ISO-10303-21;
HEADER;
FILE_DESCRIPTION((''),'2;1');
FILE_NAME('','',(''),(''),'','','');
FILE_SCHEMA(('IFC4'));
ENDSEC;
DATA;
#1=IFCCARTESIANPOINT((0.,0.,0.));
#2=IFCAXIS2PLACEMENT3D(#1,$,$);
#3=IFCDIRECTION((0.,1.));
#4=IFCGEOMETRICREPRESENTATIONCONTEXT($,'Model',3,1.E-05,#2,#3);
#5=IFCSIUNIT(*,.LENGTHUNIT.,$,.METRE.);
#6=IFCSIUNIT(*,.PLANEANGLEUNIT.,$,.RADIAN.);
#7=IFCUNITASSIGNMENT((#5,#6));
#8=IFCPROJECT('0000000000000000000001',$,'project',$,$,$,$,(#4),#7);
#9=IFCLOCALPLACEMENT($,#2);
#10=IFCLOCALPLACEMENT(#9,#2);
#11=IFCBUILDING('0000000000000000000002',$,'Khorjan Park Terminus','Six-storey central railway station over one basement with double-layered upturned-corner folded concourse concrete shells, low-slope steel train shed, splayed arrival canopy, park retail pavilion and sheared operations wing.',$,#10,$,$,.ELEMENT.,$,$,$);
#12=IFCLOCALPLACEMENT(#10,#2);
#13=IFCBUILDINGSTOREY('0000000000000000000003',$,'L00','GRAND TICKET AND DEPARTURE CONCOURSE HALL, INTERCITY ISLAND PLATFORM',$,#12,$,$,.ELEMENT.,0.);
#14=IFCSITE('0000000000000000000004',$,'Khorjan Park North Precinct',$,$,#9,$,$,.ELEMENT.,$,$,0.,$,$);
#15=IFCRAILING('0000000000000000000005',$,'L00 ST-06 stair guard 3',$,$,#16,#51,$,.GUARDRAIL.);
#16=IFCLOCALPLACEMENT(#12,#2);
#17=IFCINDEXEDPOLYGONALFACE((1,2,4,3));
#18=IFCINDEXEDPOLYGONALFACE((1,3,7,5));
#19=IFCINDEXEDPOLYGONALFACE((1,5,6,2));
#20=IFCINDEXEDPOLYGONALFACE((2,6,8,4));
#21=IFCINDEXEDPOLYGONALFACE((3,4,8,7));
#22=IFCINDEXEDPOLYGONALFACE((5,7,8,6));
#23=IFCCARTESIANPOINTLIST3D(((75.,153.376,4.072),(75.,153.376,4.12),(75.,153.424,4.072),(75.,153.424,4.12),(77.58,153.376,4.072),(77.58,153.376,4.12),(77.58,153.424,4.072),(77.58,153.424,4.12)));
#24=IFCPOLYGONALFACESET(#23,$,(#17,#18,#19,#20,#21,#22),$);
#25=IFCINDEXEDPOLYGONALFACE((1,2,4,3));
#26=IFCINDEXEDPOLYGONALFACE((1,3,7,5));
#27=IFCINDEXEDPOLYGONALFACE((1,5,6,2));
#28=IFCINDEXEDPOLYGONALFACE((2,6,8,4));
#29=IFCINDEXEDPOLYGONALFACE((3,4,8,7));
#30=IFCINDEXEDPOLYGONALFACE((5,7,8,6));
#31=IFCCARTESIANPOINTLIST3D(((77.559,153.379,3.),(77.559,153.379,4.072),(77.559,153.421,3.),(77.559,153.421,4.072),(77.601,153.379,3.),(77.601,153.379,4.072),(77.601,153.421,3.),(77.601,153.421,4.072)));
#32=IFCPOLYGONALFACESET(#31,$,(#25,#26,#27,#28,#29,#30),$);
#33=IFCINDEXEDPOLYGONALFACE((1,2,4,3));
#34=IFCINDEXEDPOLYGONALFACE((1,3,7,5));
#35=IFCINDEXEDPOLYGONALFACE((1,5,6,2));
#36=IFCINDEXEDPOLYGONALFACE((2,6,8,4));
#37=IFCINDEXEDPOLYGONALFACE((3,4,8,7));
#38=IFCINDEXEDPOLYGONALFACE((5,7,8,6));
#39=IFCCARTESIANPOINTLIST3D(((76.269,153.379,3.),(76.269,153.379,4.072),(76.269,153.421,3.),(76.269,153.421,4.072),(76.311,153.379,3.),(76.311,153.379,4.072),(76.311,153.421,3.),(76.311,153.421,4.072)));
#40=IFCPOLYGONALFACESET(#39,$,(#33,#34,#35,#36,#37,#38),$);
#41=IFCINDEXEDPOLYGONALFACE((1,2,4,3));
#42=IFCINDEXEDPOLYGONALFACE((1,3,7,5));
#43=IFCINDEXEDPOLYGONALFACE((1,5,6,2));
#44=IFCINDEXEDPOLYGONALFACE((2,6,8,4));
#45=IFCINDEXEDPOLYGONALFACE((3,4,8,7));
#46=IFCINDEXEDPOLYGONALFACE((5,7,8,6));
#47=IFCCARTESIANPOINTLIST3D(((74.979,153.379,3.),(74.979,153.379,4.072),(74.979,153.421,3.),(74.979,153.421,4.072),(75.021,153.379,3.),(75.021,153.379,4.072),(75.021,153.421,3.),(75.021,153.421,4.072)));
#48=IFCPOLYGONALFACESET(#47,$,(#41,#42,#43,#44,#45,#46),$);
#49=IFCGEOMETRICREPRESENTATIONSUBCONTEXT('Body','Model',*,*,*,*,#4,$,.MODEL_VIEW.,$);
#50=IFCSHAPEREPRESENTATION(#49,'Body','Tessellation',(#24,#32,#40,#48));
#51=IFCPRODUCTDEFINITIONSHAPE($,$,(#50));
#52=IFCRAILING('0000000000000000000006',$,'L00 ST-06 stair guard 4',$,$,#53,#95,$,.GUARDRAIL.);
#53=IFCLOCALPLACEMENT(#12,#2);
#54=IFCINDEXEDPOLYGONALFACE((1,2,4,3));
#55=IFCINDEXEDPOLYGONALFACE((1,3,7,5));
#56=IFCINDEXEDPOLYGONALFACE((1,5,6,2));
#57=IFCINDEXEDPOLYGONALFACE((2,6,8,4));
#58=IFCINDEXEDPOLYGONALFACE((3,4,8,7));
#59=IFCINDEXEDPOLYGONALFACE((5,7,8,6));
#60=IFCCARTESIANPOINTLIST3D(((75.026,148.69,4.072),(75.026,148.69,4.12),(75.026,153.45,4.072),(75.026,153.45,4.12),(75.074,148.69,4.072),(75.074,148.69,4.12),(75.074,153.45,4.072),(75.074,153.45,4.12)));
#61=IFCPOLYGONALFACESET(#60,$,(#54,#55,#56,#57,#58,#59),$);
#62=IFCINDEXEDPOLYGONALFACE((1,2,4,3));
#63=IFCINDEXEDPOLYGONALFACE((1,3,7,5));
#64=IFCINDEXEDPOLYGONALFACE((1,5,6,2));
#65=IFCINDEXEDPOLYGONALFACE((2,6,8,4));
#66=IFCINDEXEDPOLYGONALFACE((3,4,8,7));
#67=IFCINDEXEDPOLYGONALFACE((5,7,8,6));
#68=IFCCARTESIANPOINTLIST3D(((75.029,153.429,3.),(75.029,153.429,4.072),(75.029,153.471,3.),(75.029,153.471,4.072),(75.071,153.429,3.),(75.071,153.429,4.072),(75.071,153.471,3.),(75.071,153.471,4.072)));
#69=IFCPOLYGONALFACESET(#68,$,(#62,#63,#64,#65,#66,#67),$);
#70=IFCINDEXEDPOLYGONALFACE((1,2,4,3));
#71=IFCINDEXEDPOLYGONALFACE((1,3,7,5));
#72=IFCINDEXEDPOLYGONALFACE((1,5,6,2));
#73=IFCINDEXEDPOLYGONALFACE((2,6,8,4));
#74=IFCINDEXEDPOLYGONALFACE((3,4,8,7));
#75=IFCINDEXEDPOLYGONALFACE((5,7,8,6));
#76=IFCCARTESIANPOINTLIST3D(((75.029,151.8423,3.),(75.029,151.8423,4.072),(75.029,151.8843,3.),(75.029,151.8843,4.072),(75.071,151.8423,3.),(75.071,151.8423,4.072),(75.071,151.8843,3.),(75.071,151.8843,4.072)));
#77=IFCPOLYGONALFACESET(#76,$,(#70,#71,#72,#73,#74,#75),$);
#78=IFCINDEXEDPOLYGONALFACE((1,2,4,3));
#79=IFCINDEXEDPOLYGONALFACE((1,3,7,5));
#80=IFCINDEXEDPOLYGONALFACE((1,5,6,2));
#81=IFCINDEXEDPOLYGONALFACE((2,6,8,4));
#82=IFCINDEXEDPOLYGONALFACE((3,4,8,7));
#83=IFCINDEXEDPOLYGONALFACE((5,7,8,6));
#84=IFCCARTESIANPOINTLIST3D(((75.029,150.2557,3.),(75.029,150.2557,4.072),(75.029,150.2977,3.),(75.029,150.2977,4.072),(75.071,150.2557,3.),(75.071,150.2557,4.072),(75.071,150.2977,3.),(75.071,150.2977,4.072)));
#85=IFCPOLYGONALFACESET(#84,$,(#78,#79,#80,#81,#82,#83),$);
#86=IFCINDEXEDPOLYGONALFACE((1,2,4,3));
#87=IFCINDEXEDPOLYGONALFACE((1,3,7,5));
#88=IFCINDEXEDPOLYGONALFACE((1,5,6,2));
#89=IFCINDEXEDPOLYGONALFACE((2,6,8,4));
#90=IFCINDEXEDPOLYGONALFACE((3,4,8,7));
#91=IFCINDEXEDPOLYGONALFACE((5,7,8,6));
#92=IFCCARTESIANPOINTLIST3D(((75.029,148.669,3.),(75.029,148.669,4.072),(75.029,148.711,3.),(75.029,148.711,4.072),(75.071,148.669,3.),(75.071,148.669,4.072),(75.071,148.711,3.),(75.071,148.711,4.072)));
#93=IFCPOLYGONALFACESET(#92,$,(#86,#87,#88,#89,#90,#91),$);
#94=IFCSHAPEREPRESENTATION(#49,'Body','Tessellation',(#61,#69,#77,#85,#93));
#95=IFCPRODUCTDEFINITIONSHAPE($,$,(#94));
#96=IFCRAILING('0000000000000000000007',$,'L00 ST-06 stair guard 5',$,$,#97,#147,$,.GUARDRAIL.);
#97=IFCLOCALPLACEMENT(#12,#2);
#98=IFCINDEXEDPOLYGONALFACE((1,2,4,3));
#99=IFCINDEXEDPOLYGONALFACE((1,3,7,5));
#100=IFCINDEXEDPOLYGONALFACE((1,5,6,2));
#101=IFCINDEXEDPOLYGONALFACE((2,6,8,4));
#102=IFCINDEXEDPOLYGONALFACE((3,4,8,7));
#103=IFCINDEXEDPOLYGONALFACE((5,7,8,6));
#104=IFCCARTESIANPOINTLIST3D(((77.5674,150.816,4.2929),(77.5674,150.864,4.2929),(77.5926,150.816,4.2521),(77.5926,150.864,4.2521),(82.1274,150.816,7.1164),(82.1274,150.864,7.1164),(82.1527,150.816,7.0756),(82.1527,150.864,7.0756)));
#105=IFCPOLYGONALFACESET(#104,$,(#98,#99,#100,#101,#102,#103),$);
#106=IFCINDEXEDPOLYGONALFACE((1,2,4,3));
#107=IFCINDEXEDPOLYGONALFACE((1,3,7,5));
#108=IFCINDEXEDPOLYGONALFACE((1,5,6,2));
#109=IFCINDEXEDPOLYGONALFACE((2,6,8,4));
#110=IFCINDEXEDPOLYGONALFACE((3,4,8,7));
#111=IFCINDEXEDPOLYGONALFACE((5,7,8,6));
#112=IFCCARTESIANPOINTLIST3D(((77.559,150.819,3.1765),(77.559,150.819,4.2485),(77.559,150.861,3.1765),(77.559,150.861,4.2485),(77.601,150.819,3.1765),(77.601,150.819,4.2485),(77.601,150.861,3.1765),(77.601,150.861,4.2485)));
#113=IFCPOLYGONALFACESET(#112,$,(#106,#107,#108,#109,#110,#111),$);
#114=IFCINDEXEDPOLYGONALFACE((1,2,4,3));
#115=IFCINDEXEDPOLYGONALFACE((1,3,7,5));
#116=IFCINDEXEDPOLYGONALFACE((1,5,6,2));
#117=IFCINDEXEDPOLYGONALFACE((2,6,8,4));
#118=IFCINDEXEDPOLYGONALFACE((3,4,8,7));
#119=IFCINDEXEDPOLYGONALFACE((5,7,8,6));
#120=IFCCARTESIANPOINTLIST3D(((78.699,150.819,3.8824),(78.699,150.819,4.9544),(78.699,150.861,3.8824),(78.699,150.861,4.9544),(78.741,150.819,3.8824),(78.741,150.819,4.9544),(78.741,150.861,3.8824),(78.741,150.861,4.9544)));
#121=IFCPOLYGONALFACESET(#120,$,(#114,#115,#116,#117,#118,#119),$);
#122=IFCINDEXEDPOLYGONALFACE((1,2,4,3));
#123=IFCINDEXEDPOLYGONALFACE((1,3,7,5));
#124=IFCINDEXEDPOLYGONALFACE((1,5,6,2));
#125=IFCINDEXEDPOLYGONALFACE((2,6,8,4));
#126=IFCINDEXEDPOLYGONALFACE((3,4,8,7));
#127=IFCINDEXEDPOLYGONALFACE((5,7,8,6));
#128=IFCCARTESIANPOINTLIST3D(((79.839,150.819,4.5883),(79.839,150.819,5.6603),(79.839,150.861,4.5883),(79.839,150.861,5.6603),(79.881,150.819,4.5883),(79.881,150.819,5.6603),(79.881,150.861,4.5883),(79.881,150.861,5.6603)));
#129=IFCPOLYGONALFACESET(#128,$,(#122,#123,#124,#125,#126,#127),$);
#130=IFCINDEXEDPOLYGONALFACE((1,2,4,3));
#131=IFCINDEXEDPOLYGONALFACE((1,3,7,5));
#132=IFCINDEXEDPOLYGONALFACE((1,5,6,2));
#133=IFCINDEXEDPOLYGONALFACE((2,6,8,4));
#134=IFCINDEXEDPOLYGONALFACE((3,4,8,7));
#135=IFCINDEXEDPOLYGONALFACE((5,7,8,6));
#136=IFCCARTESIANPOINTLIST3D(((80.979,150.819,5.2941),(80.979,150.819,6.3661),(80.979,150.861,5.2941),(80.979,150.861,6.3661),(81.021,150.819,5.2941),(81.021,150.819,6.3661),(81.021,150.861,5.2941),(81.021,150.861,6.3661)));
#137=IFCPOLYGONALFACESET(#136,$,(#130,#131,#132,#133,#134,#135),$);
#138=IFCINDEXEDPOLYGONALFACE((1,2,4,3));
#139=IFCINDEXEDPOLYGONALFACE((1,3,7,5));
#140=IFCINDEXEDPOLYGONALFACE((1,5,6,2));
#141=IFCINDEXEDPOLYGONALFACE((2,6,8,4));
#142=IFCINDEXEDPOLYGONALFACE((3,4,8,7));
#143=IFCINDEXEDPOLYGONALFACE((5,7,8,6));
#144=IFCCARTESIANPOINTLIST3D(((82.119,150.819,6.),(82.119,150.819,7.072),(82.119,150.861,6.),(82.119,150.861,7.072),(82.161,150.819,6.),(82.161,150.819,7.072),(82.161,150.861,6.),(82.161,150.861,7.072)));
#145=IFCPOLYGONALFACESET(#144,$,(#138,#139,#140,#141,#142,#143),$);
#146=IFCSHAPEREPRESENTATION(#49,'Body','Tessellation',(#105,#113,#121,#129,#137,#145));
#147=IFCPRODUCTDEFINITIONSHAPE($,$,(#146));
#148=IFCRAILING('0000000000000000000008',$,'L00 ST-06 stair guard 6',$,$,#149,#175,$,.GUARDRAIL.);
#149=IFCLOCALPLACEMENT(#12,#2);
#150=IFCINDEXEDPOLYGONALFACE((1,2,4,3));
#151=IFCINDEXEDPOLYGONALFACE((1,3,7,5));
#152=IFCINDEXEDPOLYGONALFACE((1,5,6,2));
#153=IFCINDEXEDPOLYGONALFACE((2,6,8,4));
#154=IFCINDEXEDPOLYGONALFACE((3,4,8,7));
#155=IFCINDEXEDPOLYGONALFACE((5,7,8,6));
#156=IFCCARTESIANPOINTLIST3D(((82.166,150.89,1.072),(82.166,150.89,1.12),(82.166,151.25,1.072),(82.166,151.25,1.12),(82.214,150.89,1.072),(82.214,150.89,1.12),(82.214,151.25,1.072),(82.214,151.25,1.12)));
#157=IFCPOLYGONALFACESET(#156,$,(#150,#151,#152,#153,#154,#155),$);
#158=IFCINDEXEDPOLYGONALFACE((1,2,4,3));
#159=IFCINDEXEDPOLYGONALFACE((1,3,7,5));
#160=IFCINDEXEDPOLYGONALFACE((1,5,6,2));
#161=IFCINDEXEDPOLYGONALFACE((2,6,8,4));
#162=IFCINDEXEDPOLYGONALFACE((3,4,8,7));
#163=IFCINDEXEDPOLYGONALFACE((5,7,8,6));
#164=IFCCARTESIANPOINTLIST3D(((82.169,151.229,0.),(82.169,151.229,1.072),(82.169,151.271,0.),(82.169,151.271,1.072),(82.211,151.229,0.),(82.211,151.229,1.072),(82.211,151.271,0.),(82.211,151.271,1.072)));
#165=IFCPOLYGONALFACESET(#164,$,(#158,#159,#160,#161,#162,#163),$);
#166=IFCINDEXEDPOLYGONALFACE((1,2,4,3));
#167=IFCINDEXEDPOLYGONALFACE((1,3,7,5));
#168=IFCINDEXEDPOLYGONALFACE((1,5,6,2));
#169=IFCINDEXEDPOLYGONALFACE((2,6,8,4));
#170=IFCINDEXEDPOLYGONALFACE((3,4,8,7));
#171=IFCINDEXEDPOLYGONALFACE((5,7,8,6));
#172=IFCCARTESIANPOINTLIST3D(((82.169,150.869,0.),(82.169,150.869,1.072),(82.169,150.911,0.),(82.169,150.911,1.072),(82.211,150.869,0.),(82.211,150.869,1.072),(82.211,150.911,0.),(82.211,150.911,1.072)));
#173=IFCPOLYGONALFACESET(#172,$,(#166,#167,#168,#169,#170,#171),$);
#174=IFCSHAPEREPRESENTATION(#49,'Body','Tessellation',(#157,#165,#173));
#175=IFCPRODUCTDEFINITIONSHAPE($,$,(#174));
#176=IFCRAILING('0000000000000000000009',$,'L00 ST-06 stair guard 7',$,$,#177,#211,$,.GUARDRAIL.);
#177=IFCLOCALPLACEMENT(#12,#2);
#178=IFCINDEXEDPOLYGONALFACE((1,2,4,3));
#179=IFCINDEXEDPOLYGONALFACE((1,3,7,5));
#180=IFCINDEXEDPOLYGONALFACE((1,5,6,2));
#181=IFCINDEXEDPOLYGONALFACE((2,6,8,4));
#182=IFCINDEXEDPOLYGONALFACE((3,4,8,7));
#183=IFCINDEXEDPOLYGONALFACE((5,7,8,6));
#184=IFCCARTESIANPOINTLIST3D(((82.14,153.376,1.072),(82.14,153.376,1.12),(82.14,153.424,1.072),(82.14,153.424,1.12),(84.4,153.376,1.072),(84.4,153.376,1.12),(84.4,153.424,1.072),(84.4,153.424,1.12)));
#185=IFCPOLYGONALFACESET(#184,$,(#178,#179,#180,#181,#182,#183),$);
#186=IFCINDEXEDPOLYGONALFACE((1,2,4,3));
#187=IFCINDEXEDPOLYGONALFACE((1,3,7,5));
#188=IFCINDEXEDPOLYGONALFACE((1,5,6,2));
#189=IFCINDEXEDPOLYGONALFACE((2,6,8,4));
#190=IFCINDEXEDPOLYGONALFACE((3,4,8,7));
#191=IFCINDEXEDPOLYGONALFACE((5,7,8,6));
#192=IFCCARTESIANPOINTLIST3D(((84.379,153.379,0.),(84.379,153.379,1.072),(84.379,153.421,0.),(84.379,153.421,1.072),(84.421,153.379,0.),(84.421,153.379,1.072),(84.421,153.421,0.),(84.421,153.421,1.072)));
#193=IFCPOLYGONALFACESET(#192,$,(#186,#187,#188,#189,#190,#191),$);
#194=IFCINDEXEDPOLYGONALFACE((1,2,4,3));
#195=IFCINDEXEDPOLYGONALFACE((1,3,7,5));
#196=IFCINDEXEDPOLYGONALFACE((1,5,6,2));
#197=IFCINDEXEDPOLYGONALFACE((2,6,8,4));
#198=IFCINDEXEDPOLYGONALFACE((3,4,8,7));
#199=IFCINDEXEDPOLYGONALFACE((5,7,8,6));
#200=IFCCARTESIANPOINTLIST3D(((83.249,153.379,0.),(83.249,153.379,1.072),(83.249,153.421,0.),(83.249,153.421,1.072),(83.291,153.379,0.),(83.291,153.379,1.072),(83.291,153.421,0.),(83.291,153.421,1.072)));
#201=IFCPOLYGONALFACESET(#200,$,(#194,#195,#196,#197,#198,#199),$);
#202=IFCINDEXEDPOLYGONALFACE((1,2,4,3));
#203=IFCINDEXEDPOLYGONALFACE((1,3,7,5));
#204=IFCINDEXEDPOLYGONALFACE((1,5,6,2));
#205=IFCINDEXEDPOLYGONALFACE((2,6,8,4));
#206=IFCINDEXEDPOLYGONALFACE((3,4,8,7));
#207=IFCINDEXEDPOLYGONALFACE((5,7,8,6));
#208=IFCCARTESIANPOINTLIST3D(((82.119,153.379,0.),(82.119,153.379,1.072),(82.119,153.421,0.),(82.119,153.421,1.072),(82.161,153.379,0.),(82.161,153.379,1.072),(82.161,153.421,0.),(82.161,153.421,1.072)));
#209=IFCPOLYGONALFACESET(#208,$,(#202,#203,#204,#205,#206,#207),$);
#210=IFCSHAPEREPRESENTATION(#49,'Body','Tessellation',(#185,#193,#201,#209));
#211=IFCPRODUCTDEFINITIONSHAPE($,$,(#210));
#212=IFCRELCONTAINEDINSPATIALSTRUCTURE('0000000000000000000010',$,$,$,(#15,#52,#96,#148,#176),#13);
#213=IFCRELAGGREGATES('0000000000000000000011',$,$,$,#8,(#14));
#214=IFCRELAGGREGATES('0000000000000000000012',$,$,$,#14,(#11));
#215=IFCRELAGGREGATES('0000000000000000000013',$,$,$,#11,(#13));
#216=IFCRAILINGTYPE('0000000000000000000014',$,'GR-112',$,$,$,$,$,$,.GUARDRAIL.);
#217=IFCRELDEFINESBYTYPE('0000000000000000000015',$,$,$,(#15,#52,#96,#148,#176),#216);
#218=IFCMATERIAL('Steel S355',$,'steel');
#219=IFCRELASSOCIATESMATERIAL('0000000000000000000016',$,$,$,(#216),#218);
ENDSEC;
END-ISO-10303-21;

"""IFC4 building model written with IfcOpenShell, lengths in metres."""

from ifc_helpers import new_model, si_unit, direction, frame, origin, origin_2d, place, context, subcontext, project, spatial, rectangle, extrude, material, type_object, element, save


model = new_model("IFC4")

# Units and contexts
model_context = context("Model", 3, precision=1e-05, world=origin(), true_north=direction((0.0, 1.0)))
body_context = subcontext(model_context, "Body", "Model", "MODEL_VIEW")
ifc_project = project(units=[si_unit("LENGTHUNIT", "METRE"), si_unit("PLANEANGLEUNIT", "RADIAN")], contexts=[model_context])

# Site, building, storey
site_placement = place(None, origin())
site = spatial("IfcSite", under=ifc_project, at=site_placement, Name="Khorjan Park North Precinct", CompositionType="ELEMENT", RefElevation=0.0)
building_placement = place(site_placement, origin())
building = spatial("IfcBuilding", under=site, at=building_placement, Name="Khorjan Park Terminus", Description="Six-storey central railway station over one basement with double-layered upturned-corner folded concourse concrete shells, low-slope steel train shed, splayed arrival canopy, park retail pavilion and sheared operations wing.", CompositionType="ELEMENT")
storey_placement = place(building_placement, origin())
storey = spatial("IfcBuildingStorey", under=building, at=storey_placement, Name="L00", Description="GRAND TICKET AND DEPARTURE CONCOURSE HALL, INTERCITY ISLAND PLATFORM", CompositionType="ELEMENT", Elevation=0.0)

# Shared definitions
ifc_material_1 = material(Name="Steel S355", Category="steel")

# Railings
railing_type_1 = type_object("IfcRailingType", Name="GR-112", PredefinedType="GUARDRAIL", material=ifc_material_1)
railing_1_placement = place(storey_placement, frame((77.58, 153.4, 3.0)))
element("IfcRailing", 1, at=railing_1_placement, inside=storey, type_object=railing_type_1, Name="L00 ST-06 stair guard 3", PredefinedType="GUARDRAIL", context=body_context, shape_type="SweptSolid", body=[
    extrude(rectangle(XDim=0.048, YDim=0.048, at=origin_2d()), frame((0.0, 0.0, 1.096), z_axis=(-1.0, 0.0, 0.0), x_axis=(0.0, -1.0, 0.0)), (0.0, 0.0, 1.0), 2.58),
    extrude(rectangle(XDim=0.042, YDim=0.042, at=origin_2d()), origin(), (0.0, 0.0, 1.0), 1.072),
    extrude(rectangle(XDim=0.042, YDim=0.042, at=origin_2d()), frame((-1.29, 0.0, 0.0)), (0.0, 0.0, 1.0), 1.072),
    extrude(rectangle(XDim=0.042, YDim=0.042, at=origin_2d()), frame((-2.58, 0.0, 0.0)), (0.0, 0.0, 1.0), 1.072),
])
railing_2_placement = place(storey_placement, frame((75.05, 153.45, 3.0)))
element("IfcRailing", 2, at=railing_2_placement, inside=storey, type_object=railing_type_1, Name="L00 ST-06 stair guard 4", PredefinedType="GUARDRAIL", context=body_context, shape_type="SweptSolid", body=[
    extrude(rectangle(XDim=0.048, YDim=0.048, at=origin_2d()), frame((0.0, 0.0, 1.096), z_axis=(0.0, -1.0, 0.0), x_axis=(1.0, 0.0, 0.0)), (0.0, 0.0, 1.0), 4.76),
    extrude(rectangle(XDim=0.042, YDim=0.042, at=origin_2d()), origin(), (0.0, 0.0, 1.0), 1.072),
    extrude(rectangle(XDim=0.042, YDim=0.042, at=origin_2d()), frame((0.0, -1.5867, 0.0)), (0.0, 0.0, 1.0), 1.072),
    extrude(rectangle(XDim=0.042, YDim=0.042, at=origin_2d()), frame((0.0, -3.1733, 0.0)), (0.0, 0.0, 1.0), 1.072),
    extrude(rectangle(XDim=0.042, YDim=0.042, at=origin_2d()), frame((0.0, -4.76, 0.0)), (0.0, 0.0, 1.0), 1.072),
])
railing_3_placement = place(storey_placement, frame((77.58, 150.84, 3.1765)))
element("IfcRailing", 3, at=railing_3_placement, inside=storey, type_object=railing_type_1, Name="L00 ST-06 stair guard 5", PredefinedType="GUARDRAIL", context=body_context, shape_type="SweptSolid", body=[
    extrude(rectangle(XDim=0.048, YDim=0.048, at=origin_2d()), frame((0.0, 0.0, 1.096), z_axis=(0.850211, 0.0, 0.526441), x_axis=(0.0, 1.0, 0.0)), (0.0, 0.0, 1.0), 5.3634),
    extrude(rectangle(XDim=0.042, YDim=0.042, at=origin_2d()), origin(), (0.0, 0.0, 1.0), 1.072),
    extrude(rectangle(XDim=0.042, YDim=0.042, at=origin_2d()), frame((1.14, 0.0, 0.7059)), (0.0, 0.0, 1.0), 1.072),
    extrude(rectangle(XDim=0.042, YDim=0.042, at=origin_2d()), frame((2.28, 0.0, 1.4118)), (0.0, 0.0, 1.0), 1.072),
    extrude(rectangle(XDim=0.042, YDim=0.042, at=origin_2d()), frame((3.42, 0.0, 2.1176)), (0.0, 0.0, 1.0), 1.072),
    extrude(rectangle(XDim=0.042, YDim=0.042, at=origin_2d()), frame((4.56, 0.0, 2.8235)), (0.0, 0.0, 1.0), 1.072),
])
railing_4_placement = place(storey_placement, frame((82.19, 151.25, 0.0)))
element("IfcRailing", 4, at=railing_4_placement, inside=storey, type_object=railing_type_1, Name="L00 ST-06 stair guard 6", PredefinedType="GUARDRAIL", context=body_context, shape_type="SweptSolid", body=[
    extrude(rectangle(XDim=0.048, YDim=0.048, at=origin_2d()), frame((0.0, 0.0, 1.096), z_axis=(0.0, -1.0, 0.0), x_axis=(1.0, 0.0, 0.0)), (0.0, 0.0, 1.0), 0.36),
    extrude(rectangle(XDim=0.042, YDim=0.042, at=origin_2d()), origin(), (0.0, 0.0, 1.0), 1.072),
    extrude(rectangle(XDim=0.042, YDim=0.042, at=origin_2d()), frame((0.0, -0.36, 0.0)), (0.0, 0.0, 1.0), 1.072),
])
railing_5_placement = place(storey_placement, frame((84.4, 153.4, 0.0)))
element("IfcRailing", 5, at=railing_5_placement, inside=storey, type_object=railing_type_1, Name="L00 ST-06 stair guard 7", PredefinedType="GUARDRAIL", context=body_context, shape_type="SweptSolid", body=[
    extrude(rectangle(XDim=0.048, YDim=0.048, at=origin_2d()), frame((0.0, 0.0, 1.096), z_axis=(-1.0, 0.0, 0.0), x_axis=(0.0, -1.0, 0.0)), (0.0, 0.0, 1.0), 2.26),
    extrude(rectangle(XDim=0.042, YDim=0.042, at=origin_2d()), origin(), (0.0, 0.0, 1.0), 1.072),
    extrude(rectangle(XDim=0.042, YDim=0.042, at=origin_2d()), frame((-1.13, 0.0, 0.0)), (0.0, 0.0, 1.0), 1.072),
    extrude(rectangle(XDim=0.042, YDim=0.042, at=origin_2d()), frame((-2.26, 0.0, 0.0)), (0.0, 0.0, 1.0), 1.072),
])

save(model, "model.ifc")
